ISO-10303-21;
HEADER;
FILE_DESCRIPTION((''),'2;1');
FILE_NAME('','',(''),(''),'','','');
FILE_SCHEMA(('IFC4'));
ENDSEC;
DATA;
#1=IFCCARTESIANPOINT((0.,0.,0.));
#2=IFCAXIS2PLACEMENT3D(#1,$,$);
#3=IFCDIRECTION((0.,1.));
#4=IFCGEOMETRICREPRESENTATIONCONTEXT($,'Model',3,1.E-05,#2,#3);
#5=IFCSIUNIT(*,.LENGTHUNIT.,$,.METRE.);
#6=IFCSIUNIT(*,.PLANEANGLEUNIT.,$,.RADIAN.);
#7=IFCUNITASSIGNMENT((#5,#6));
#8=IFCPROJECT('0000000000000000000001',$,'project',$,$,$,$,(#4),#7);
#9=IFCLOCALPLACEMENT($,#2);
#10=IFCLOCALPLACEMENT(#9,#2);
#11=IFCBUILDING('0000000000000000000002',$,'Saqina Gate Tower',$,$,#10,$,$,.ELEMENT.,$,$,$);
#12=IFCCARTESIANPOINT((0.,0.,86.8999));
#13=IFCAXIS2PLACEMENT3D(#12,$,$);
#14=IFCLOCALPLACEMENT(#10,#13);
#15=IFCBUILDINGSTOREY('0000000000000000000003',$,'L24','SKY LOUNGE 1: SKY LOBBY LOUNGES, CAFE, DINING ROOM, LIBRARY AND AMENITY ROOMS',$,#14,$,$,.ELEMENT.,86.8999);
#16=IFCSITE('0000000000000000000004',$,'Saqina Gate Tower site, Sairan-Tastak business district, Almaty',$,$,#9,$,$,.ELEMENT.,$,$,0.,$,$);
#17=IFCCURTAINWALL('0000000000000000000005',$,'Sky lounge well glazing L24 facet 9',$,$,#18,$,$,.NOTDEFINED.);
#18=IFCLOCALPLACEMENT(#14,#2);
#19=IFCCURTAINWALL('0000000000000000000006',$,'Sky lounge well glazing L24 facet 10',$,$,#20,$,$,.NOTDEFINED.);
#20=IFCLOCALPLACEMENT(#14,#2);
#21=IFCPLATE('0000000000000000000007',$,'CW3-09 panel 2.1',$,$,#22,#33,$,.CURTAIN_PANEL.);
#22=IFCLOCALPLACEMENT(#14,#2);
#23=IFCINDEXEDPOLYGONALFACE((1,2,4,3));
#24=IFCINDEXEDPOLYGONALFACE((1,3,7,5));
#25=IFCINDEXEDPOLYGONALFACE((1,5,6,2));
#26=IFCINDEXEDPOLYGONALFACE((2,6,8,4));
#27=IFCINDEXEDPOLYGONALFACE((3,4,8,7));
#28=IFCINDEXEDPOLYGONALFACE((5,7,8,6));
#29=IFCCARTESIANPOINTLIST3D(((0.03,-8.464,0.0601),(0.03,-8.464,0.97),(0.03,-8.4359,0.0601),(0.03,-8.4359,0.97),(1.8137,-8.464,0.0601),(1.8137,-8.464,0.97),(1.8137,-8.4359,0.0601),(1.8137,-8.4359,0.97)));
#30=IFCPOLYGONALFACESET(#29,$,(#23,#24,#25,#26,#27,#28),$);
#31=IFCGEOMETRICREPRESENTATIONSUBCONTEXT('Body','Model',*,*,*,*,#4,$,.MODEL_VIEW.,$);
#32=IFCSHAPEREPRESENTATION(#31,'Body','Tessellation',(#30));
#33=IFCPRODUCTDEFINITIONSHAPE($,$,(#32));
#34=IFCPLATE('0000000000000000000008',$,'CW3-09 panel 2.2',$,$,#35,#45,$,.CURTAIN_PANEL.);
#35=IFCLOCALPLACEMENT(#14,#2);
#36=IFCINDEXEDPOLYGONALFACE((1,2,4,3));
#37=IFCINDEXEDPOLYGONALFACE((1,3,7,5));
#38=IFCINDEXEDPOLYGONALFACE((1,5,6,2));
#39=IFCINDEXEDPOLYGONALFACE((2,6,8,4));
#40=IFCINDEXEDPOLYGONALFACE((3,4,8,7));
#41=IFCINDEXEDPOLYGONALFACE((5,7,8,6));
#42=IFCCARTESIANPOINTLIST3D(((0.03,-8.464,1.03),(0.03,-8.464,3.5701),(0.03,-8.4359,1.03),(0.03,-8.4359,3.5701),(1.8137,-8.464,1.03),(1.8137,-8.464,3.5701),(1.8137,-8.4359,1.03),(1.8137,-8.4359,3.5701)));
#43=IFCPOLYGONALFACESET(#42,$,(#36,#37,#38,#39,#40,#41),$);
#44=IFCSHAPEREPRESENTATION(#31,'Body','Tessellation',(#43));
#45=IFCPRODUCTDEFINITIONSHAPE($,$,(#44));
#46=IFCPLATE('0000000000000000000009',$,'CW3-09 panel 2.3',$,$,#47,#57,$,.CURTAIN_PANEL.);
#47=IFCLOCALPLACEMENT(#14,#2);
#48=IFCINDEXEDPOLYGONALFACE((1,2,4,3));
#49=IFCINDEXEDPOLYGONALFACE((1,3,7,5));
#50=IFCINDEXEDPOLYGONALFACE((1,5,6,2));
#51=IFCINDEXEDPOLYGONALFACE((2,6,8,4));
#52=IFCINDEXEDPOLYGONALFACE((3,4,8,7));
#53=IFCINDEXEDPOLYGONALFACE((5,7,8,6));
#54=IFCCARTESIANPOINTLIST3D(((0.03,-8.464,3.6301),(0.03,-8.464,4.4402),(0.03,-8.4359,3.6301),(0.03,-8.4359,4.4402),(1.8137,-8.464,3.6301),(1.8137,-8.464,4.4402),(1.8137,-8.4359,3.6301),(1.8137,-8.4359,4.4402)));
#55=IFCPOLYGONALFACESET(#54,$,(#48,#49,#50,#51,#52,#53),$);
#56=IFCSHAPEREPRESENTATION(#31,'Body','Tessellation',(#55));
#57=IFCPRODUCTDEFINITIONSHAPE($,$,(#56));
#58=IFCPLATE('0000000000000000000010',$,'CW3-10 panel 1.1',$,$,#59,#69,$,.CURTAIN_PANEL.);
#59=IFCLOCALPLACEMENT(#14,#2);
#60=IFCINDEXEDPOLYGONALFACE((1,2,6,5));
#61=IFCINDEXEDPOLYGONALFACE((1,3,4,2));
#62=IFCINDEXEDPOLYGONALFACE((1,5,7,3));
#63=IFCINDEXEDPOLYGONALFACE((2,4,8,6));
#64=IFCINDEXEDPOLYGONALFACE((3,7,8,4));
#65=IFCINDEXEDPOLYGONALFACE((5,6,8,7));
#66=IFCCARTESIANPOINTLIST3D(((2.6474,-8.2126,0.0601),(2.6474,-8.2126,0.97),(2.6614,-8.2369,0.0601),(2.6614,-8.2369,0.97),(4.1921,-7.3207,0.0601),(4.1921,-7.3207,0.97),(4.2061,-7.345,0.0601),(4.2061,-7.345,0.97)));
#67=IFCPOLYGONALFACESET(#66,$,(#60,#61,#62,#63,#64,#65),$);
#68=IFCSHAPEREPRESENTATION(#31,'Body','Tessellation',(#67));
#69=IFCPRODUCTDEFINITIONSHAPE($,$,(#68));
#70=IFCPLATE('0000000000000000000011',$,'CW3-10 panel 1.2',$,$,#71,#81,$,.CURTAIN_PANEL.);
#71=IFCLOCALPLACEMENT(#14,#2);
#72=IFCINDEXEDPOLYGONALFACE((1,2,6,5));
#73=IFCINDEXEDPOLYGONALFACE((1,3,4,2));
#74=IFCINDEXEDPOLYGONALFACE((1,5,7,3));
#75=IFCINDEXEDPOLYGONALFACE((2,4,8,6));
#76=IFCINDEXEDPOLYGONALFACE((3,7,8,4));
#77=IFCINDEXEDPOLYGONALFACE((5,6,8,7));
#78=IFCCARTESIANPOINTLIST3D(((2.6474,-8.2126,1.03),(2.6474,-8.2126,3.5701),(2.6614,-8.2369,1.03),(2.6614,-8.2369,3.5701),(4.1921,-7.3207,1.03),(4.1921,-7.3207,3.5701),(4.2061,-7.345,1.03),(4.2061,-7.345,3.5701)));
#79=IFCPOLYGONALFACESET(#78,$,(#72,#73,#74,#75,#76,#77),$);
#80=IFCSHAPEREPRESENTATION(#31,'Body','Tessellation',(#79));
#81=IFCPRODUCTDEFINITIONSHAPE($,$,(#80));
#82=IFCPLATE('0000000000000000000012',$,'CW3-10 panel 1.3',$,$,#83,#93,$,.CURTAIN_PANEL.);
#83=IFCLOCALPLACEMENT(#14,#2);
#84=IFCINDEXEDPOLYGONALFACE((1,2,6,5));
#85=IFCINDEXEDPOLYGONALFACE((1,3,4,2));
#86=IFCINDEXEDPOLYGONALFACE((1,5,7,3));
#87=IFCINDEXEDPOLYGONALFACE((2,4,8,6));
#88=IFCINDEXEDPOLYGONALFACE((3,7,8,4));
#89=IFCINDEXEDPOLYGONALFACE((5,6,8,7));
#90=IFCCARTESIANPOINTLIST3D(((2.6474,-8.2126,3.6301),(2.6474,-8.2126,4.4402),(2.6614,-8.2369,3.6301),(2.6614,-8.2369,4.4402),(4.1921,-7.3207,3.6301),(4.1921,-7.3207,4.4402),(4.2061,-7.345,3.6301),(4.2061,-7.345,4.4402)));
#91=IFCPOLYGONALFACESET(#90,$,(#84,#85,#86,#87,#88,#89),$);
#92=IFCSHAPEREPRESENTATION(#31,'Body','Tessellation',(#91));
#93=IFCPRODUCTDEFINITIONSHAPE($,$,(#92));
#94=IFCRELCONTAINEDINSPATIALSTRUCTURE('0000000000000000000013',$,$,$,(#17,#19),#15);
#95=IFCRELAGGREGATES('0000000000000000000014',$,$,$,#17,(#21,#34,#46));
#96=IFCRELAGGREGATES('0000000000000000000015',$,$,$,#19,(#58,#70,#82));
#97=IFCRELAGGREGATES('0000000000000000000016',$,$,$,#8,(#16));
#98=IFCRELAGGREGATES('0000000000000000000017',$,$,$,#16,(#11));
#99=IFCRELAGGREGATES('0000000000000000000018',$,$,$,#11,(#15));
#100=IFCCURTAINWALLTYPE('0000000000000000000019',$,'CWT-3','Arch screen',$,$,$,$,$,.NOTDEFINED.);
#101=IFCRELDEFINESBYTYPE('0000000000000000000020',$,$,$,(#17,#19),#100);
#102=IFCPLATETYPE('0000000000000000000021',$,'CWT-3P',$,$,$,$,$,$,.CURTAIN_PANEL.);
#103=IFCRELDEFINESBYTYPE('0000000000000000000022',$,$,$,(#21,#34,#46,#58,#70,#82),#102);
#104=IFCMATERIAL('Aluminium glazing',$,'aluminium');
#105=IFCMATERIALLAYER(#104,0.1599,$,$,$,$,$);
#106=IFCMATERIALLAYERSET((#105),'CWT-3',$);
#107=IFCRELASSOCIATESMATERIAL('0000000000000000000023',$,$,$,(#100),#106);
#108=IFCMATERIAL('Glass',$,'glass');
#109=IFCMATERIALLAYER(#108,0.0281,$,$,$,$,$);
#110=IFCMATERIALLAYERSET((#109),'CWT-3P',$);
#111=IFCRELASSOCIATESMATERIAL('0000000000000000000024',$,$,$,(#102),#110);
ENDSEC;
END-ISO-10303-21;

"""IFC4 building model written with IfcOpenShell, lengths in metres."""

from ifc_helpers import new_model, si_unit, direction, frame, origin, origin_2d, place, context, subcontext, project, spatial, rectangle, extrude, material, layer, layer_set, type_object, element, aggregate, save


model = new_model("IFC4")

# Units and contexts
model_context = context("Model", 3, precision=1e-05, world=origin(), true_north=direction((0.0, 1.0)))
body_context = subcontext(model_context, "Body", "Model", "MODEL_VIEW")
ifc_project = project(units=[si_unit("LENGTHUNIT", "METRE"), si_unit("PLANEANGLEUNIT", "RADIAN")], contexts=[model_context])

# Site, building, storey
site_placement = place(None, origin())
site = spatial("IfcSite", under=ifc_project, at=site_placement, Name="Saqina Gate Tower site, Sairan-Tastak business district, Almaty", CompositionType="ELEMENT", RefElevation=0.0)
building_placement = place(site_placement, origin())
building = spatial("IfcBuilding", under=site, at=building_placement, Name="Saqina Gate Tower", CompositionType="ELEMENT")
storey_placement = place(building_placement, frame((0.0, 0.0, 86.8999)))
storey = spatial("IfcBuildingStorey", under=building, at=storey_placement, Name="L24", Description="SKY LOUNGE 1: SKY LOBBY LOUNGES, CAFE, DINING ROOM, LIBRARY AND AMENITY ROOMS", CompositionType="ELEMENT", Elevation=86.8999)

# Curtain wall
ifc_material_1 = material(Name="Aluminium glazing", Category="aluminium")
ifc_layer_1 = layer(ifc_material_1, 0.1599)
ifc_layer_set_1 = layer_set([ifc_layer_1], Name="CWT-3")
curtain_wall_type = type_object("IfcCurtainWallType", Name="CWT-3", Description="Arch screen", PredefinedType="NOTDEFINED", material=ifc_layer_set_1)
curtain_wall_1_placement = place(storey_placement, origin())
curtain_wall_1 = element("IfcCurtainWall", 1, at=curtain_wall_1_placement, inside=storey, type_object=curtain_wall_type, Name="Sky lounge well glazing L24 facet 9", PredefinedType="NOTDEFINED")

# Curtain wall
curtain_wall_2_placement = place(storey_placement, origin())
curtain_wall_2 = element("IfcCurtainWall", 2, at=curtain_wall_2_placement, inside=storey, type_object=curtain_wall_type, Name="Sky lounge well glazing L24 facet 10", PredefinedType="NOTDEFINED")

# Plates
ifc_material_2 = material(Name="Glass", Category="glass")
ifc_layer_2 = layer(ifc_material_2, 0.0281)
ifc_layer_set_2 = layer_set([ifc_layer_2], Name="CWT-3P")
plate_type = type_object("IfcPlateType", Name="CWT-3P", PredefinedType="CURTAIN_PANEL", material=ifc_layer_set_2)
plate_1_placement = place(storey_placement, frame((0.9219, -8.45, 0.0601), z_axis=(0.0, 0.0, 1.0), x_axis=(1.0, 0.0, 0.0)))
plate_1 = element("IfcPlate", 3, at=plate_1_placement, type_object=plate_type, Name="CW3-09 panel 2.1", PredefinedType="CURTAIN_PANEL", context=body_context, shape_type="SweptSolid", body=[
    extrude(rectangle(XDim=1.7837, YDim=0.0281, at=origin_2d()), origin(), (0.0, 0.0, 1.0), 0.9099),
])
plate_2_placement = place(storey_placement, frame((0.9219, -8.45, 1.03), z_axis=(0.0, 0.0, 1.0), x_axis=(1.0, 0.0, 0.0)))
plate_2 = element("IfcPlate", 4, at=plate_2_placement, type_object=plate_type, Name="CW3-09 panel 2.2", PredefinedType="CURTAIN_PANEL", context=body_context, shape_type="SweptSolid", body=[
    extrude(rectangle(XDim=1.7837, YDim=0.0281, at=origin_2d()), origin(), (0.0, 0.0, 1.0), 2.54),
])
plate_3_placement = place(storey_placement, frame((0.9219, -8.45, 3.6301), z_axis=(0.0, 0.0, 1.0), x_axis=(1.0, 0.0, 0.0)))
plate_3 = element("IfcPlate", 5, at=plate_3_placement, type_object=plate_type, Name="CW3-09 panel 2.3", PredefinedType="CURTAIN_PANEL", context=body_context, shape_type="SweptSolid", body=[
    extrude(rectangle(XDim=1.7837, YDim=0.0281, at=origin_2d()), origin(), (0.0, 0.0, 1.0), 0.8101),
])
aggregate(curtain_wall_1, [plate_1, plate_2, plate_3])
plate_4_placement = place(storey_placement, frame((3.4268, -7.7788, 0.0601), z_axis=(0.0, 0.0, 1.0), x_axis=(0.866029, 0.499993, 0.0)))
plate_4 = element("IfcPlate", 6, at=plate_4_placement, type_object=plate_type, Name="CW3-10 panel 1.1", PredefinedType="CURTAIN_PANEL", context=body_context, shape_type="SweptSolid", body=[
    extrude(rectangle(XDim=1.7837, YDim=0.0281, at=origin_2d()), origin(), (0.0, 0.0, 1.0), 0.9099),
])
plate_5_placement = place(storey_placement, frame((3.4268, -7.7788, 1.03), z_axis=(0.0, 0.0, 1.0), x_axis=(0.866029, 0.499993, 0.0)))
plate_5 = element("IfcPlate", 7, at=plate_5_placement, type_object=plate_type, Name="CW3-10 panel 1.2", PredefinedType="CURTAIN_PANEL", context=body_context, shape_type="SweptSolid", body=[
    extrude(rectangle(XDim=1.7837, YDim=0.0281, at=origin_2d()), origin(), (0.0, 0.0, 1.0), 2.54),
])
plate_6_placement = place(storey_placement, frame((3.4268, -7.7788, 3.6301), z_axis=(0.0, 0.0, 1.0), x_axis=(0.866029, 0.499993, 0.0)))
plate_6 = element("IfcPlate", 8, at=plate_6_placement, type_object=plate_type, Name="CW3-10 panel 1.3", PredefinedType="CURTAIN_PANEL", context=body_context, shape_type="SweptSolid", body=[
    extrude(rectangle(XDim=1.7837, YDim=0.0281, at=origin_2d()), origin(), (0.0, 0.0, 1.0), 0.8101),
])
aggregate(curtain_wall_2, [plate_4, plate_5, plate_6])

save(model, "model.ifc")
